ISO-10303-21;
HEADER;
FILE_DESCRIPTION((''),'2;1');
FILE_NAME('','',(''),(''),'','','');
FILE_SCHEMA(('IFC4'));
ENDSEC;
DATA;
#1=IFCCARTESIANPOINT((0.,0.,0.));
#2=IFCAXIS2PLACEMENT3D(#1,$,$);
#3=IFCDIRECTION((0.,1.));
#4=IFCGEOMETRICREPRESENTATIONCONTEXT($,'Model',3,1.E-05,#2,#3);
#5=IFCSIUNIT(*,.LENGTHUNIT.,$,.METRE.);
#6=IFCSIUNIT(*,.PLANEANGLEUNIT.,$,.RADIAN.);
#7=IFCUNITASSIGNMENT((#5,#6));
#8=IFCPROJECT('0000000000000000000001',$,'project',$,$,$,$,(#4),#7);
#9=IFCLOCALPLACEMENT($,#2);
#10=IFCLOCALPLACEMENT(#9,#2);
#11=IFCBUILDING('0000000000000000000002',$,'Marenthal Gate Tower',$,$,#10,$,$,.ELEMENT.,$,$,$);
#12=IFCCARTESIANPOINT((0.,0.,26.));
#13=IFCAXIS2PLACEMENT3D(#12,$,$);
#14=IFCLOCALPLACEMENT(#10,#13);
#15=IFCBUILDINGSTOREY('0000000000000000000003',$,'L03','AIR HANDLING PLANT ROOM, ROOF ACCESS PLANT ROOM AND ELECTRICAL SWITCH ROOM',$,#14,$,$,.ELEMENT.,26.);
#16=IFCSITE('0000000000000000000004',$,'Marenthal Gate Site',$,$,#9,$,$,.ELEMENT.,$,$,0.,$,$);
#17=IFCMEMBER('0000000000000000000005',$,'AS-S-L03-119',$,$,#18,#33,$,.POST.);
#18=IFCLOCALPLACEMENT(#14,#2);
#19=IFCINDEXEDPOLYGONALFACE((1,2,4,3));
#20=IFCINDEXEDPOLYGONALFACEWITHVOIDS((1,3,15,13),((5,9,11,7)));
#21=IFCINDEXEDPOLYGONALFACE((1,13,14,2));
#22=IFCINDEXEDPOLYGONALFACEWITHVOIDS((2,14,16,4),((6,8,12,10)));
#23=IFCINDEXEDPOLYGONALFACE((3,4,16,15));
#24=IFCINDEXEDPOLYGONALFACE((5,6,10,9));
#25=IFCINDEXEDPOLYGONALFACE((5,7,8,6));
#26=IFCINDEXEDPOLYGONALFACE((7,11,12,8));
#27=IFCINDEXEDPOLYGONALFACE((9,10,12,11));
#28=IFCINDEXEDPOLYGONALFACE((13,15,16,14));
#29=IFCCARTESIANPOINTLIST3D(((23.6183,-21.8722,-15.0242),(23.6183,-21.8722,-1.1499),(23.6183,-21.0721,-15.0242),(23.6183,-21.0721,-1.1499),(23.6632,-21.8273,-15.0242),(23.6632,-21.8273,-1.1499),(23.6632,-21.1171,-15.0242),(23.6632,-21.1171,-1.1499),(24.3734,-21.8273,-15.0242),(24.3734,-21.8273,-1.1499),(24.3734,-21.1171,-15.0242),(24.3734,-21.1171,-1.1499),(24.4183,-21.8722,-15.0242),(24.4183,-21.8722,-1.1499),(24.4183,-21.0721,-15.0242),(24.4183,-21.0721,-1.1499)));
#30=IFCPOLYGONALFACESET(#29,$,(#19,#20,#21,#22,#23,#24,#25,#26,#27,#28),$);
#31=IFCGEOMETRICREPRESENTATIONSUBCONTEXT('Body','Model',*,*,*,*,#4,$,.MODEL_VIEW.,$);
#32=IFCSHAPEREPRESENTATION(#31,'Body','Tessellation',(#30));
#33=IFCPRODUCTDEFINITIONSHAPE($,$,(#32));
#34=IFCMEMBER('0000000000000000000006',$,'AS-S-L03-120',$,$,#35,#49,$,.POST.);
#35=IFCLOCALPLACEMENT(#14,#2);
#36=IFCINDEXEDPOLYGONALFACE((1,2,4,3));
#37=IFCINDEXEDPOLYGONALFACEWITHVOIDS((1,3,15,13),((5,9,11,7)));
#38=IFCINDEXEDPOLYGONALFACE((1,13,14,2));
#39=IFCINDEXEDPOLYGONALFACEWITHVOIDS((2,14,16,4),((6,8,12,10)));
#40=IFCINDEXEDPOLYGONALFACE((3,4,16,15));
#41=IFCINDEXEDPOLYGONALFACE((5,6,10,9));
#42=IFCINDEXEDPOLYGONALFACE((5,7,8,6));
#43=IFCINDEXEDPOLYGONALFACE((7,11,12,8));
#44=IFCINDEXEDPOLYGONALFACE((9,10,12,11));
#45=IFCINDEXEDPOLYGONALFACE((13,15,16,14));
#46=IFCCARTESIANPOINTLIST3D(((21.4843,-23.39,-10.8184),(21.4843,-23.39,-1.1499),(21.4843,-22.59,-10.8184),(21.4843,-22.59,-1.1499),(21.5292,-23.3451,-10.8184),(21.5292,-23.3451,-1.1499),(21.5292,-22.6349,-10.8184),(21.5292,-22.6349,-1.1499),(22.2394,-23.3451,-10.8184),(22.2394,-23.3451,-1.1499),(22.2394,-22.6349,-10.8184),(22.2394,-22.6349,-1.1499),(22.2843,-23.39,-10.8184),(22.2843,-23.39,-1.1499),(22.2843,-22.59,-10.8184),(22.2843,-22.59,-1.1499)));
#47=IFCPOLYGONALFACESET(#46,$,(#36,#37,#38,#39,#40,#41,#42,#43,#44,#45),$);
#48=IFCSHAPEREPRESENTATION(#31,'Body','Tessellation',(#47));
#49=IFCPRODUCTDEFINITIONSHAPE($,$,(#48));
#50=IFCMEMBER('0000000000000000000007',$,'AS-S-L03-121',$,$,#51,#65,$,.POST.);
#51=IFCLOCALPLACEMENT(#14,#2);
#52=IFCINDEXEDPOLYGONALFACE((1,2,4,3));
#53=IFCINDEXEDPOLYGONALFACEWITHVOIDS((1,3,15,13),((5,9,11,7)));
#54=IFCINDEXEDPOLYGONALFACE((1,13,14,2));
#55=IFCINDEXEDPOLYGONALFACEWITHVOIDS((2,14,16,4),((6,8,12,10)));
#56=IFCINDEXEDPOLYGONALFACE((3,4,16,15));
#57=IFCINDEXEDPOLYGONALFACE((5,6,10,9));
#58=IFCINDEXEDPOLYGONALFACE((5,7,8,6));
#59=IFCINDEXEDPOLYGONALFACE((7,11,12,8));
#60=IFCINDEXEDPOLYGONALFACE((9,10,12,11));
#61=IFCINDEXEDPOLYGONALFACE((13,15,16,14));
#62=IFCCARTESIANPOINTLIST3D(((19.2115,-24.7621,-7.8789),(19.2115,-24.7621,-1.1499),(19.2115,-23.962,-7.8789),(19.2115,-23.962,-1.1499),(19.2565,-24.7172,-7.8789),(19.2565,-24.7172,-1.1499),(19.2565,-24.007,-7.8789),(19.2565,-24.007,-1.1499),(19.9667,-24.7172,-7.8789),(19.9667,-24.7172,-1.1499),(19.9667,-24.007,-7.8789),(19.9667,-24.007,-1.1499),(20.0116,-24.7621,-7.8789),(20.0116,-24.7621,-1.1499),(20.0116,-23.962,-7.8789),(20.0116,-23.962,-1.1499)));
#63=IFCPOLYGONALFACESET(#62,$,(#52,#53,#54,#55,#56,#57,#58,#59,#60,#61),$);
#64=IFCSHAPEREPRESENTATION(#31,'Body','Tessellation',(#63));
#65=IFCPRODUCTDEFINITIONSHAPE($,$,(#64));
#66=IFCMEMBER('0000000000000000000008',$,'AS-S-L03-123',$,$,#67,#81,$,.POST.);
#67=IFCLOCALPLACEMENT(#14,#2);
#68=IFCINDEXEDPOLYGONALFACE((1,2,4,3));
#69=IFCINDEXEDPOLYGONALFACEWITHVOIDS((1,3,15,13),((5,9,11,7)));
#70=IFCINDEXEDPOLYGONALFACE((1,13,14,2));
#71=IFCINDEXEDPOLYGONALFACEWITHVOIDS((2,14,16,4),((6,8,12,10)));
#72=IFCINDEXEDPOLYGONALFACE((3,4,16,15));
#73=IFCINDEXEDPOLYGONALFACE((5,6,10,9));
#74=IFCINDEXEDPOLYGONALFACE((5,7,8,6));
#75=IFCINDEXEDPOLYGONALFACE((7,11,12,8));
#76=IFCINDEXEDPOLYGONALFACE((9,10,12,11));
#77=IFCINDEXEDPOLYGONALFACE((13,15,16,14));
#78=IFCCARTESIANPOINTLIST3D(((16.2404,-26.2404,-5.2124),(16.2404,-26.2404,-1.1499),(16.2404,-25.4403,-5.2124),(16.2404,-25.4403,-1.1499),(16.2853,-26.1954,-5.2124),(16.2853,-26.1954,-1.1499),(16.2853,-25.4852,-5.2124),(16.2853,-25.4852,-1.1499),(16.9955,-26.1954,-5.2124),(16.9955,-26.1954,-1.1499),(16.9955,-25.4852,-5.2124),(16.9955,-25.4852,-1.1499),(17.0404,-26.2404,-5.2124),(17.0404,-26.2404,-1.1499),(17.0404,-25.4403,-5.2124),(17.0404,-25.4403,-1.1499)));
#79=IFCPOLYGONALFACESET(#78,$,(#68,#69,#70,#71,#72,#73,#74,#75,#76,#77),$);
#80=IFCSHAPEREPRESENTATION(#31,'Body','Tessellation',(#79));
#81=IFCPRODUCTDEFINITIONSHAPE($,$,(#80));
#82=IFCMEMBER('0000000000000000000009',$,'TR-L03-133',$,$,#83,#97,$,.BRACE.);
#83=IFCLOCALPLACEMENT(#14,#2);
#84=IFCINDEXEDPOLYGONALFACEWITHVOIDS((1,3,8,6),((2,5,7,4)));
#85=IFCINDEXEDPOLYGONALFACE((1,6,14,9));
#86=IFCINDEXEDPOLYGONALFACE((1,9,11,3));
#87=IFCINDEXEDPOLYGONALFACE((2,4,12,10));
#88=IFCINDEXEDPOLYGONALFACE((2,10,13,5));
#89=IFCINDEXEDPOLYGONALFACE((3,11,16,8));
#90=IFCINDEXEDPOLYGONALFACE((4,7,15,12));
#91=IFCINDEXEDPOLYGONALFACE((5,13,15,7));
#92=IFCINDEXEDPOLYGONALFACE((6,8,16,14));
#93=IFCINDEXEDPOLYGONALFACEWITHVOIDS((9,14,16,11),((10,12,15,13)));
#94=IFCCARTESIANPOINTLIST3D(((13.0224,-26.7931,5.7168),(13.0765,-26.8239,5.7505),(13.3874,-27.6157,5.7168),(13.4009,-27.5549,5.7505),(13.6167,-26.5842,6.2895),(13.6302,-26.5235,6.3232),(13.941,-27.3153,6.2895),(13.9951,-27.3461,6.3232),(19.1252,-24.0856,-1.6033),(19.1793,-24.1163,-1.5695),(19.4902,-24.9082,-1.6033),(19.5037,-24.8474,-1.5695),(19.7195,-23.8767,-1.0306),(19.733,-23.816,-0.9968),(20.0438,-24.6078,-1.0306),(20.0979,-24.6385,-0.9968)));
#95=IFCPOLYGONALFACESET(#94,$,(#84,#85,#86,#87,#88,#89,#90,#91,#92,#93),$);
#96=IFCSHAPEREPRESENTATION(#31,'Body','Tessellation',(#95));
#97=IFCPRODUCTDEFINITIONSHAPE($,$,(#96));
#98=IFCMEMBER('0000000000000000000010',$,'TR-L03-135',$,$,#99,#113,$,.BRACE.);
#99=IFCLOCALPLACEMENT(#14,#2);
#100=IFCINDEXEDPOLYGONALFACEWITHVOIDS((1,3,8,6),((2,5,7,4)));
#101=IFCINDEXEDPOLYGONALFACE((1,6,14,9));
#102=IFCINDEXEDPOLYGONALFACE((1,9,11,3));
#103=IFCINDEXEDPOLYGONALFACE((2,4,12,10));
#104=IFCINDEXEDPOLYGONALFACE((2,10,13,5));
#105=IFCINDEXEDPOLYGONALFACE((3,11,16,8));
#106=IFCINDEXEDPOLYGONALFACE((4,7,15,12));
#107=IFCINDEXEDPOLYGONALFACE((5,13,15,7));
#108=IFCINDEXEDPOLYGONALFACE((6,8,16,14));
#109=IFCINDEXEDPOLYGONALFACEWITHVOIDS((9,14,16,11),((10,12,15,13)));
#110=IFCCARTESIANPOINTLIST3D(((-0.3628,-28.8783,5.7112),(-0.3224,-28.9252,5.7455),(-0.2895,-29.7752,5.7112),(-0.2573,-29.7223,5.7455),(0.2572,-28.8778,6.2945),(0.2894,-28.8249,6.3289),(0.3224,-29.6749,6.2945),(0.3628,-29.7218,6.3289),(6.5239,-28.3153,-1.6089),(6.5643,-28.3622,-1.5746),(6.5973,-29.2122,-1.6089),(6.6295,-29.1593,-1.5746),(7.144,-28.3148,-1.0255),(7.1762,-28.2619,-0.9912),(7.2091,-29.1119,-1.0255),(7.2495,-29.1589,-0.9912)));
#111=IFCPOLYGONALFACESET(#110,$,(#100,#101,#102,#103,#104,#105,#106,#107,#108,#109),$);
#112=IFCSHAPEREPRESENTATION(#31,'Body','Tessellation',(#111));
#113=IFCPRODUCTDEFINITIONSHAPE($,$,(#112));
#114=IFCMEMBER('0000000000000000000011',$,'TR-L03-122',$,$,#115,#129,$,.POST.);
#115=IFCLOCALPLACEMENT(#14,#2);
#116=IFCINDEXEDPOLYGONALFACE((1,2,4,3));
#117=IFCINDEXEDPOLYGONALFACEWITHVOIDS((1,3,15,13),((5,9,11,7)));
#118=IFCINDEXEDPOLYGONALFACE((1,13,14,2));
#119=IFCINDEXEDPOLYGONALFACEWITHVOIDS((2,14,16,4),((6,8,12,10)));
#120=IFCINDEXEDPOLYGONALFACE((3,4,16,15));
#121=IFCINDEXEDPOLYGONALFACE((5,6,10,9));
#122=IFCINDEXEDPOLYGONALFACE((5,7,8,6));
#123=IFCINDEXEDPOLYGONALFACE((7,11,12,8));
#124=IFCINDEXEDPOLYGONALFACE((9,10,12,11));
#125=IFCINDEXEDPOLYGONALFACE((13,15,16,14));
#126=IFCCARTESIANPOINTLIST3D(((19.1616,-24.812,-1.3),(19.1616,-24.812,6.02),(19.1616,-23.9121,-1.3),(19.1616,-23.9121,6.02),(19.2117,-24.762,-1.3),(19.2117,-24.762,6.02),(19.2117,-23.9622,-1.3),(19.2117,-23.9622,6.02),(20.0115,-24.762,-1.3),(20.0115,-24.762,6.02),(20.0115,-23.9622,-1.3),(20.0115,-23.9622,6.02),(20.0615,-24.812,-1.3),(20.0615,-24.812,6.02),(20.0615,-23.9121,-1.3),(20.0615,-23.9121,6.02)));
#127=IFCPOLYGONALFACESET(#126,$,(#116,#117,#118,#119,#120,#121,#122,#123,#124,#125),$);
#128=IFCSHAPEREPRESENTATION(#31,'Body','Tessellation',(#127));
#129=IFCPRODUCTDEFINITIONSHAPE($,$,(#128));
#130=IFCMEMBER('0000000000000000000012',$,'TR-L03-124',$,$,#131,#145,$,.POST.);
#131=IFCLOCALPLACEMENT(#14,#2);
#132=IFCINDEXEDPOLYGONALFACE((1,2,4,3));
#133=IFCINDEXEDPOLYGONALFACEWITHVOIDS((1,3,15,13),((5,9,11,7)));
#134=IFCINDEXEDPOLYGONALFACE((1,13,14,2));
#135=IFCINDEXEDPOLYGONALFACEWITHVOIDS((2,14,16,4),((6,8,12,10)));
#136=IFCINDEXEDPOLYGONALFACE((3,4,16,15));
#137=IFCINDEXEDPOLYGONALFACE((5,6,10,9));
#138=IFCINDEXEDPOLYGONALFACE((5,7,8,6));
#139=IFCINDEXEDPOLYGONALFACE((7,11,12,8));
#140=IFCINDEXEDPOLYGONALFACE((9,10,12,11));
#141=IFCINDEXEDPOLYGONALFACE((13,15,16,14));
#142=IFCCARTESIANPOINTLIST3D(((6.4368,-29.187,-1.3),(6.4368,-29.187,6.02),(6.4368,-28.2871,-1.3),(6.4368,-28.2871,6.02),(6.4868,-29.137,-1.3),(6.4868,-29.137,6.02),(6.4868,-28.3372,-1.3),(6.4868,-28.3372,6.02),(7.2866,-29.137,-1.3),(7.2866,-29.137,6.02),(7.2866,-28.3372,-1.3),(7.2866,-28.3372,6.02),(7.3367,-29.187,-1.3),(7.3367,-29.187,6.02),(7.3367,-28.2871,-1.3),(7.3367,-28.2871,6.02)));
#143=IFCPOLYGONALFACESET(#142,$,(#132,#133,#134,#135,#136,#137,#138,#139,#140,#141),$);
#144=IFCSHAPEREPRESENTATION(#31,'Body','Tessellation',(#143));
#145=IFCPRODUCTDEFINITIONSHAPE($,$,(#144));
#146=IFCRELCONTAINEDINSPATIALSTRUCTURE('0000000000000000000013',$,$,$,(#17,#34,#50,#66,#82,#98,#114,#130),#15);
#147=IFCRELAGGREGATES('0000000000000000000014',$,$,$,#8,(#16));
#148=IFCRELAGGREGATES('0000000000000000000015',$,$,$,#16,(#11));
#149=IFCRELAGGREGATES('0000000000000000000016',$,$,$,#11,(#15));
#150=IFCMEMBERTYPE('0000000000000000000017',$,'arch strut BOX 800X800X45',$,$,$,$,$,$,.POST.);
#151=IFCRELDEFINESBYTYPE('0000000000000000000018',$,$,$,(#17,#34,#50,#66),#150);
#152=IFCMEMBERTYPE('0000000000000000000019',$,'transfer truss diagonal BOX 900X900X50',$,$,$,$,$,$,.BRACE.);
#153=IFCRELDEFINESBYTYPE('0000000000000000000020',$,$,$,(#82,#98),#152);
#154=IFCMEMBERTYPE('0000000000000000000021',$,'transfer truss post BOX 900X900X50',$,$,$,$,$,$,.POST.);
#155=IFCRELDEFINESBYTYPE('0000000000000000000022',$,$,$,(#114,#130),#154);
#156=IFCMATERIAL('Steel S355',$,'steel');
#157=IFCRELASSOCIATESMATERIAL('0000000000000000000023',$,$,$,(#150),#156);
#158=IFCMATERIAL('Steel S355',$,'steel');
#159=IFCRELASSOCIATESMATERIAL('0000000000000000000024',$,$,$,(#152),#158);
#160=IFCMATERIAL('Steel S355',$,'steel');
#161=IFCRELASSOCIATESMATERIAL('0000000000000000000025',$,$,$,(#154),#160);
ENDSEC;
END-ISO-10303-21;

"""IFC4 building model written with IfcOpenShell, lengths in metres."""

from ifc_helpers import new_model, si_unit, direction, frame, origin, origin_2d, place, context, subcontext, project, spatial, hollow_rectangle, extrude, material, material_profile, profile_set, type_object, element, save


model = new_model("IFC4")

# Units and contexts
model_context = context("Model", 3, precision=1e-05, world=origin(), true_north=direction((0.0, 1.0)))
body_context = subcontext(model_context, "Body", "Model", "MODEL_VIEW")
ifc_project = project(units=[si_unit("LENGTHUNIT", "METRE"), si_unit("PLANEANGLEUNIT", "RADIAN")], contexts=[model_context])

# Site, building, storey
site_placement = place(None, origin())
site = spatial("IfcSite", under=ifc_project, at=site_placement, Name="Marenthal Gate Site", CompositionType="ELEMENT", RefElevation=0.0)
building_placement = place(site_placement, origin())
building = spatial("IfcBuilding", under=site, at=building_placement, Name="Marenthal Gate Tower", CompositionType="ELEMENT")
storey_placement = place(building_placement, frame((0.0, 0.0, 26.0)))
storey = spatial("IfcBuildingStorey", under=building, at=storey_placement, Name="L03", Description="AIR HANDLING PLANT ROOM, ROOF ACCESS PLANT ROOM AND ELECTRICAL SWITCH ROOM", CompositionType="ELEMENT", Elevation=26.0)

# Members
ifc_material_1 = material(Name="Steel S355", Category="steel")
ifc_material_profile_1 = material_profile(ifc_material_1, hollow_rectangle(XDim=0.8, YDim=0.8, WallThickness=0.0449, at=origin_2d()), Name="BOX 800X800X45")
ifc_profile_set_1 = profile_set([ifc_material_profile_1], Name="Steel S355")
member_type_1 = type_object("IfcMemberType", Name="arch strut BOX 800X800X45", PredefinedType="POST", material=ifc_profile_set_1)
member_1_placement = place(storey_placement, frame((24.0183, -21.4722, -15.0242), z_axis=(0.0, 0.0, 1.0), x_axis=(1.0, 0.0, 0.0)))
element("IfcMember", 1, at=member_1_placement, inside=storey, type_object=member_type_1, Name="AS-S-L03-119", PredefinedType="POST", context=body_context, shape_type="SweptSolid", body=[
    extrude(hollow_rectangle(XDim=0.8, YDim=0.8, WallThickness=0.0449, at=origin_2d()), origin(), (0.0, 0.0, 1.0), 13.8743),
])
member_2_placement = place(storey_placement, frame((21.8843, -22.99, -10.8184), z_axis=(0.0, 0.0, 1.0), x_axis=(1.0, 0.0, 0.0)))
element("IfcMember", 2, at=member_2_placement, inside=storey, type_object=member_type_1, Name="AS-S-L03-120", PredefinedType="POST", context=body_context, shape_type="SweptSolid", body=[
    extrude(hollow_rectangle(XDim=0.8, YDim=0.8, WallThickness=0.0449, at=origin_2d()), origin(), (0.0, 0.0, 1.0), 9.6685),
])
member_3_placement = place(storey_placement, frame((19.6116, -24.3621, -7.8789), z_axis=(0.0, 0.0, 1.0), x_axis=(1.0, 0.0, 0.0)))
element("IfcMember", 3, at=member_3_placement, inside=storey, type_object=member_type_1, Name="AS-S-L03-121", PredefinedType="POST", context=body_context, shape_type="SweptSolid", body=[
    extrude(hollow_rectangle(XDim=0.8, YDim=0.8, WallThickness=0.0449, at=origin_2d()), origin(), (0.0, 0.0, 1.0), 6.729),
])
member_4_placement = place(storey_placement, frame((16.6404, -25.8403, -5.2124), z_axis=(0.0, 0.0, 1.0), x_axis=(1.0, 0.0, 0.0)))
element("IfcMember", 4, at=member_4_placement, inside=storey, type_object=member_type_1, Name="AS-S-L03-123", PredefinedType="POST", context=body_context, shape_type="SweptSolid", body=[
    extrude(hollow_rectangle(XDim=0.8, YDim=0.8, WallThickness=0.0449, at=origin_2d()), origin(), (0.0, 0.0, 1.0), 4.0625),
])
ifc_material_2 = material(Name="Steel S355", Category="steel")
ifc_material_profile_2 = material_profile(ifc_material_2, hollow_rectangle(XDim=0.8999, YDim=0.8999, WallThickness=0.05, at=origin_2d()), Name="BOX 900X900X50")
ifc_profile_set_2 = profile_set([ifc_material_profile_2], Name="Steel S355")
member_type_2 = type_object("IfcMemberType", Name="transfer truss diagonal BOX 900X900X50", PredefinedType="BRACE", material=ifc_profile_set_2)
member_5_placement = place(storey_placement, frame((19.6116, -24.3621, -1.3), z_axis=(-0.615978, -0.273281, 0.738843), x_axis=(0.405534, -0.91408, 0.0)))
element("IfcMember", 5, at=member_5_placement, inside=storey, type_object=member_type_2, Name="TR-L03-133", PredefinedType="BRACE", context=body_context, shape_type="SweptSolid", body=[
    extrude(hollow_rectangle(XDim=0.8999, YDim=0.8999, WallThickness=0.05, at=origin_2d()), origin(), (0.0, 0.0, 1.0), 9.9075),
])
member_6_placement = place(storey_placement, frame((6.8867, -28.7371, -1.3), z_axis=(-0.684147, -0.055929, 0.727197), x_axis=(0.081478, -0.996675, 0.0)))
element("IfcMember", 6, at=member_6_placement, inside=storey, type_object=member_type_2, Name="TR-L03-135", PredefinedType="BRACE", context=body_context, shape_type="SweptSolid", body=[
    extrude(hollow_rectangle(XDim=0.8999, YDim=0.8999, WallThickness=0.05, at=origin_2d()), origin(), (0.0, 0.0, 1.0), 10.0662),
])
ifc_material_3 = material(Name="Steel S355", Category="steel")
ifc_material_profile_3 = material_profile(ifc_material_3, hollow_rectangle(XDim=0.8999, YDim=0.8999, WallThickness=0.05, at=origin_2d()), Name="BOX 900X900X50")
ifc_profile_set_3 = profile_set([ifc_material_profile_3], Name="Steel S355")
member_type_3 = type_object("IfcMemberType", Name="transfer truss post BOX 900X900X50", PredefinedType="POST", material=ifc_profile_set_3)
for number, where, z_axis, x_axis, name in (
    (7, (19.6116, -24.3621, -1.3), (0.0, 0.0, 1.0), (1.0, 0.0, 0.0), "TR-L03-122"),
    (8, (6.8867, -28.7371, -1.3), (0.0, 0.0, 1.0), (1.0, 0.0, 0.0), "TR-L03-124"),
):
    element("IfcMember", number, at=place(storey_placement, frame(where, z_axis=z_axis, x_axis=x_axis)), inside=storey, type_object=member_type_3, Name=name, PredefinedType="POST", context=body_context, shape_type="SweptSolid", body=[
        extrude(hollow_rectangle(XDim=0.8999, YDim=0.8999, WallThickness=0.05, at=origin_2d()), origin(), (0.0, 0.0, 1.0), 7.3201),
    ])

save(model, "model.ifc")
